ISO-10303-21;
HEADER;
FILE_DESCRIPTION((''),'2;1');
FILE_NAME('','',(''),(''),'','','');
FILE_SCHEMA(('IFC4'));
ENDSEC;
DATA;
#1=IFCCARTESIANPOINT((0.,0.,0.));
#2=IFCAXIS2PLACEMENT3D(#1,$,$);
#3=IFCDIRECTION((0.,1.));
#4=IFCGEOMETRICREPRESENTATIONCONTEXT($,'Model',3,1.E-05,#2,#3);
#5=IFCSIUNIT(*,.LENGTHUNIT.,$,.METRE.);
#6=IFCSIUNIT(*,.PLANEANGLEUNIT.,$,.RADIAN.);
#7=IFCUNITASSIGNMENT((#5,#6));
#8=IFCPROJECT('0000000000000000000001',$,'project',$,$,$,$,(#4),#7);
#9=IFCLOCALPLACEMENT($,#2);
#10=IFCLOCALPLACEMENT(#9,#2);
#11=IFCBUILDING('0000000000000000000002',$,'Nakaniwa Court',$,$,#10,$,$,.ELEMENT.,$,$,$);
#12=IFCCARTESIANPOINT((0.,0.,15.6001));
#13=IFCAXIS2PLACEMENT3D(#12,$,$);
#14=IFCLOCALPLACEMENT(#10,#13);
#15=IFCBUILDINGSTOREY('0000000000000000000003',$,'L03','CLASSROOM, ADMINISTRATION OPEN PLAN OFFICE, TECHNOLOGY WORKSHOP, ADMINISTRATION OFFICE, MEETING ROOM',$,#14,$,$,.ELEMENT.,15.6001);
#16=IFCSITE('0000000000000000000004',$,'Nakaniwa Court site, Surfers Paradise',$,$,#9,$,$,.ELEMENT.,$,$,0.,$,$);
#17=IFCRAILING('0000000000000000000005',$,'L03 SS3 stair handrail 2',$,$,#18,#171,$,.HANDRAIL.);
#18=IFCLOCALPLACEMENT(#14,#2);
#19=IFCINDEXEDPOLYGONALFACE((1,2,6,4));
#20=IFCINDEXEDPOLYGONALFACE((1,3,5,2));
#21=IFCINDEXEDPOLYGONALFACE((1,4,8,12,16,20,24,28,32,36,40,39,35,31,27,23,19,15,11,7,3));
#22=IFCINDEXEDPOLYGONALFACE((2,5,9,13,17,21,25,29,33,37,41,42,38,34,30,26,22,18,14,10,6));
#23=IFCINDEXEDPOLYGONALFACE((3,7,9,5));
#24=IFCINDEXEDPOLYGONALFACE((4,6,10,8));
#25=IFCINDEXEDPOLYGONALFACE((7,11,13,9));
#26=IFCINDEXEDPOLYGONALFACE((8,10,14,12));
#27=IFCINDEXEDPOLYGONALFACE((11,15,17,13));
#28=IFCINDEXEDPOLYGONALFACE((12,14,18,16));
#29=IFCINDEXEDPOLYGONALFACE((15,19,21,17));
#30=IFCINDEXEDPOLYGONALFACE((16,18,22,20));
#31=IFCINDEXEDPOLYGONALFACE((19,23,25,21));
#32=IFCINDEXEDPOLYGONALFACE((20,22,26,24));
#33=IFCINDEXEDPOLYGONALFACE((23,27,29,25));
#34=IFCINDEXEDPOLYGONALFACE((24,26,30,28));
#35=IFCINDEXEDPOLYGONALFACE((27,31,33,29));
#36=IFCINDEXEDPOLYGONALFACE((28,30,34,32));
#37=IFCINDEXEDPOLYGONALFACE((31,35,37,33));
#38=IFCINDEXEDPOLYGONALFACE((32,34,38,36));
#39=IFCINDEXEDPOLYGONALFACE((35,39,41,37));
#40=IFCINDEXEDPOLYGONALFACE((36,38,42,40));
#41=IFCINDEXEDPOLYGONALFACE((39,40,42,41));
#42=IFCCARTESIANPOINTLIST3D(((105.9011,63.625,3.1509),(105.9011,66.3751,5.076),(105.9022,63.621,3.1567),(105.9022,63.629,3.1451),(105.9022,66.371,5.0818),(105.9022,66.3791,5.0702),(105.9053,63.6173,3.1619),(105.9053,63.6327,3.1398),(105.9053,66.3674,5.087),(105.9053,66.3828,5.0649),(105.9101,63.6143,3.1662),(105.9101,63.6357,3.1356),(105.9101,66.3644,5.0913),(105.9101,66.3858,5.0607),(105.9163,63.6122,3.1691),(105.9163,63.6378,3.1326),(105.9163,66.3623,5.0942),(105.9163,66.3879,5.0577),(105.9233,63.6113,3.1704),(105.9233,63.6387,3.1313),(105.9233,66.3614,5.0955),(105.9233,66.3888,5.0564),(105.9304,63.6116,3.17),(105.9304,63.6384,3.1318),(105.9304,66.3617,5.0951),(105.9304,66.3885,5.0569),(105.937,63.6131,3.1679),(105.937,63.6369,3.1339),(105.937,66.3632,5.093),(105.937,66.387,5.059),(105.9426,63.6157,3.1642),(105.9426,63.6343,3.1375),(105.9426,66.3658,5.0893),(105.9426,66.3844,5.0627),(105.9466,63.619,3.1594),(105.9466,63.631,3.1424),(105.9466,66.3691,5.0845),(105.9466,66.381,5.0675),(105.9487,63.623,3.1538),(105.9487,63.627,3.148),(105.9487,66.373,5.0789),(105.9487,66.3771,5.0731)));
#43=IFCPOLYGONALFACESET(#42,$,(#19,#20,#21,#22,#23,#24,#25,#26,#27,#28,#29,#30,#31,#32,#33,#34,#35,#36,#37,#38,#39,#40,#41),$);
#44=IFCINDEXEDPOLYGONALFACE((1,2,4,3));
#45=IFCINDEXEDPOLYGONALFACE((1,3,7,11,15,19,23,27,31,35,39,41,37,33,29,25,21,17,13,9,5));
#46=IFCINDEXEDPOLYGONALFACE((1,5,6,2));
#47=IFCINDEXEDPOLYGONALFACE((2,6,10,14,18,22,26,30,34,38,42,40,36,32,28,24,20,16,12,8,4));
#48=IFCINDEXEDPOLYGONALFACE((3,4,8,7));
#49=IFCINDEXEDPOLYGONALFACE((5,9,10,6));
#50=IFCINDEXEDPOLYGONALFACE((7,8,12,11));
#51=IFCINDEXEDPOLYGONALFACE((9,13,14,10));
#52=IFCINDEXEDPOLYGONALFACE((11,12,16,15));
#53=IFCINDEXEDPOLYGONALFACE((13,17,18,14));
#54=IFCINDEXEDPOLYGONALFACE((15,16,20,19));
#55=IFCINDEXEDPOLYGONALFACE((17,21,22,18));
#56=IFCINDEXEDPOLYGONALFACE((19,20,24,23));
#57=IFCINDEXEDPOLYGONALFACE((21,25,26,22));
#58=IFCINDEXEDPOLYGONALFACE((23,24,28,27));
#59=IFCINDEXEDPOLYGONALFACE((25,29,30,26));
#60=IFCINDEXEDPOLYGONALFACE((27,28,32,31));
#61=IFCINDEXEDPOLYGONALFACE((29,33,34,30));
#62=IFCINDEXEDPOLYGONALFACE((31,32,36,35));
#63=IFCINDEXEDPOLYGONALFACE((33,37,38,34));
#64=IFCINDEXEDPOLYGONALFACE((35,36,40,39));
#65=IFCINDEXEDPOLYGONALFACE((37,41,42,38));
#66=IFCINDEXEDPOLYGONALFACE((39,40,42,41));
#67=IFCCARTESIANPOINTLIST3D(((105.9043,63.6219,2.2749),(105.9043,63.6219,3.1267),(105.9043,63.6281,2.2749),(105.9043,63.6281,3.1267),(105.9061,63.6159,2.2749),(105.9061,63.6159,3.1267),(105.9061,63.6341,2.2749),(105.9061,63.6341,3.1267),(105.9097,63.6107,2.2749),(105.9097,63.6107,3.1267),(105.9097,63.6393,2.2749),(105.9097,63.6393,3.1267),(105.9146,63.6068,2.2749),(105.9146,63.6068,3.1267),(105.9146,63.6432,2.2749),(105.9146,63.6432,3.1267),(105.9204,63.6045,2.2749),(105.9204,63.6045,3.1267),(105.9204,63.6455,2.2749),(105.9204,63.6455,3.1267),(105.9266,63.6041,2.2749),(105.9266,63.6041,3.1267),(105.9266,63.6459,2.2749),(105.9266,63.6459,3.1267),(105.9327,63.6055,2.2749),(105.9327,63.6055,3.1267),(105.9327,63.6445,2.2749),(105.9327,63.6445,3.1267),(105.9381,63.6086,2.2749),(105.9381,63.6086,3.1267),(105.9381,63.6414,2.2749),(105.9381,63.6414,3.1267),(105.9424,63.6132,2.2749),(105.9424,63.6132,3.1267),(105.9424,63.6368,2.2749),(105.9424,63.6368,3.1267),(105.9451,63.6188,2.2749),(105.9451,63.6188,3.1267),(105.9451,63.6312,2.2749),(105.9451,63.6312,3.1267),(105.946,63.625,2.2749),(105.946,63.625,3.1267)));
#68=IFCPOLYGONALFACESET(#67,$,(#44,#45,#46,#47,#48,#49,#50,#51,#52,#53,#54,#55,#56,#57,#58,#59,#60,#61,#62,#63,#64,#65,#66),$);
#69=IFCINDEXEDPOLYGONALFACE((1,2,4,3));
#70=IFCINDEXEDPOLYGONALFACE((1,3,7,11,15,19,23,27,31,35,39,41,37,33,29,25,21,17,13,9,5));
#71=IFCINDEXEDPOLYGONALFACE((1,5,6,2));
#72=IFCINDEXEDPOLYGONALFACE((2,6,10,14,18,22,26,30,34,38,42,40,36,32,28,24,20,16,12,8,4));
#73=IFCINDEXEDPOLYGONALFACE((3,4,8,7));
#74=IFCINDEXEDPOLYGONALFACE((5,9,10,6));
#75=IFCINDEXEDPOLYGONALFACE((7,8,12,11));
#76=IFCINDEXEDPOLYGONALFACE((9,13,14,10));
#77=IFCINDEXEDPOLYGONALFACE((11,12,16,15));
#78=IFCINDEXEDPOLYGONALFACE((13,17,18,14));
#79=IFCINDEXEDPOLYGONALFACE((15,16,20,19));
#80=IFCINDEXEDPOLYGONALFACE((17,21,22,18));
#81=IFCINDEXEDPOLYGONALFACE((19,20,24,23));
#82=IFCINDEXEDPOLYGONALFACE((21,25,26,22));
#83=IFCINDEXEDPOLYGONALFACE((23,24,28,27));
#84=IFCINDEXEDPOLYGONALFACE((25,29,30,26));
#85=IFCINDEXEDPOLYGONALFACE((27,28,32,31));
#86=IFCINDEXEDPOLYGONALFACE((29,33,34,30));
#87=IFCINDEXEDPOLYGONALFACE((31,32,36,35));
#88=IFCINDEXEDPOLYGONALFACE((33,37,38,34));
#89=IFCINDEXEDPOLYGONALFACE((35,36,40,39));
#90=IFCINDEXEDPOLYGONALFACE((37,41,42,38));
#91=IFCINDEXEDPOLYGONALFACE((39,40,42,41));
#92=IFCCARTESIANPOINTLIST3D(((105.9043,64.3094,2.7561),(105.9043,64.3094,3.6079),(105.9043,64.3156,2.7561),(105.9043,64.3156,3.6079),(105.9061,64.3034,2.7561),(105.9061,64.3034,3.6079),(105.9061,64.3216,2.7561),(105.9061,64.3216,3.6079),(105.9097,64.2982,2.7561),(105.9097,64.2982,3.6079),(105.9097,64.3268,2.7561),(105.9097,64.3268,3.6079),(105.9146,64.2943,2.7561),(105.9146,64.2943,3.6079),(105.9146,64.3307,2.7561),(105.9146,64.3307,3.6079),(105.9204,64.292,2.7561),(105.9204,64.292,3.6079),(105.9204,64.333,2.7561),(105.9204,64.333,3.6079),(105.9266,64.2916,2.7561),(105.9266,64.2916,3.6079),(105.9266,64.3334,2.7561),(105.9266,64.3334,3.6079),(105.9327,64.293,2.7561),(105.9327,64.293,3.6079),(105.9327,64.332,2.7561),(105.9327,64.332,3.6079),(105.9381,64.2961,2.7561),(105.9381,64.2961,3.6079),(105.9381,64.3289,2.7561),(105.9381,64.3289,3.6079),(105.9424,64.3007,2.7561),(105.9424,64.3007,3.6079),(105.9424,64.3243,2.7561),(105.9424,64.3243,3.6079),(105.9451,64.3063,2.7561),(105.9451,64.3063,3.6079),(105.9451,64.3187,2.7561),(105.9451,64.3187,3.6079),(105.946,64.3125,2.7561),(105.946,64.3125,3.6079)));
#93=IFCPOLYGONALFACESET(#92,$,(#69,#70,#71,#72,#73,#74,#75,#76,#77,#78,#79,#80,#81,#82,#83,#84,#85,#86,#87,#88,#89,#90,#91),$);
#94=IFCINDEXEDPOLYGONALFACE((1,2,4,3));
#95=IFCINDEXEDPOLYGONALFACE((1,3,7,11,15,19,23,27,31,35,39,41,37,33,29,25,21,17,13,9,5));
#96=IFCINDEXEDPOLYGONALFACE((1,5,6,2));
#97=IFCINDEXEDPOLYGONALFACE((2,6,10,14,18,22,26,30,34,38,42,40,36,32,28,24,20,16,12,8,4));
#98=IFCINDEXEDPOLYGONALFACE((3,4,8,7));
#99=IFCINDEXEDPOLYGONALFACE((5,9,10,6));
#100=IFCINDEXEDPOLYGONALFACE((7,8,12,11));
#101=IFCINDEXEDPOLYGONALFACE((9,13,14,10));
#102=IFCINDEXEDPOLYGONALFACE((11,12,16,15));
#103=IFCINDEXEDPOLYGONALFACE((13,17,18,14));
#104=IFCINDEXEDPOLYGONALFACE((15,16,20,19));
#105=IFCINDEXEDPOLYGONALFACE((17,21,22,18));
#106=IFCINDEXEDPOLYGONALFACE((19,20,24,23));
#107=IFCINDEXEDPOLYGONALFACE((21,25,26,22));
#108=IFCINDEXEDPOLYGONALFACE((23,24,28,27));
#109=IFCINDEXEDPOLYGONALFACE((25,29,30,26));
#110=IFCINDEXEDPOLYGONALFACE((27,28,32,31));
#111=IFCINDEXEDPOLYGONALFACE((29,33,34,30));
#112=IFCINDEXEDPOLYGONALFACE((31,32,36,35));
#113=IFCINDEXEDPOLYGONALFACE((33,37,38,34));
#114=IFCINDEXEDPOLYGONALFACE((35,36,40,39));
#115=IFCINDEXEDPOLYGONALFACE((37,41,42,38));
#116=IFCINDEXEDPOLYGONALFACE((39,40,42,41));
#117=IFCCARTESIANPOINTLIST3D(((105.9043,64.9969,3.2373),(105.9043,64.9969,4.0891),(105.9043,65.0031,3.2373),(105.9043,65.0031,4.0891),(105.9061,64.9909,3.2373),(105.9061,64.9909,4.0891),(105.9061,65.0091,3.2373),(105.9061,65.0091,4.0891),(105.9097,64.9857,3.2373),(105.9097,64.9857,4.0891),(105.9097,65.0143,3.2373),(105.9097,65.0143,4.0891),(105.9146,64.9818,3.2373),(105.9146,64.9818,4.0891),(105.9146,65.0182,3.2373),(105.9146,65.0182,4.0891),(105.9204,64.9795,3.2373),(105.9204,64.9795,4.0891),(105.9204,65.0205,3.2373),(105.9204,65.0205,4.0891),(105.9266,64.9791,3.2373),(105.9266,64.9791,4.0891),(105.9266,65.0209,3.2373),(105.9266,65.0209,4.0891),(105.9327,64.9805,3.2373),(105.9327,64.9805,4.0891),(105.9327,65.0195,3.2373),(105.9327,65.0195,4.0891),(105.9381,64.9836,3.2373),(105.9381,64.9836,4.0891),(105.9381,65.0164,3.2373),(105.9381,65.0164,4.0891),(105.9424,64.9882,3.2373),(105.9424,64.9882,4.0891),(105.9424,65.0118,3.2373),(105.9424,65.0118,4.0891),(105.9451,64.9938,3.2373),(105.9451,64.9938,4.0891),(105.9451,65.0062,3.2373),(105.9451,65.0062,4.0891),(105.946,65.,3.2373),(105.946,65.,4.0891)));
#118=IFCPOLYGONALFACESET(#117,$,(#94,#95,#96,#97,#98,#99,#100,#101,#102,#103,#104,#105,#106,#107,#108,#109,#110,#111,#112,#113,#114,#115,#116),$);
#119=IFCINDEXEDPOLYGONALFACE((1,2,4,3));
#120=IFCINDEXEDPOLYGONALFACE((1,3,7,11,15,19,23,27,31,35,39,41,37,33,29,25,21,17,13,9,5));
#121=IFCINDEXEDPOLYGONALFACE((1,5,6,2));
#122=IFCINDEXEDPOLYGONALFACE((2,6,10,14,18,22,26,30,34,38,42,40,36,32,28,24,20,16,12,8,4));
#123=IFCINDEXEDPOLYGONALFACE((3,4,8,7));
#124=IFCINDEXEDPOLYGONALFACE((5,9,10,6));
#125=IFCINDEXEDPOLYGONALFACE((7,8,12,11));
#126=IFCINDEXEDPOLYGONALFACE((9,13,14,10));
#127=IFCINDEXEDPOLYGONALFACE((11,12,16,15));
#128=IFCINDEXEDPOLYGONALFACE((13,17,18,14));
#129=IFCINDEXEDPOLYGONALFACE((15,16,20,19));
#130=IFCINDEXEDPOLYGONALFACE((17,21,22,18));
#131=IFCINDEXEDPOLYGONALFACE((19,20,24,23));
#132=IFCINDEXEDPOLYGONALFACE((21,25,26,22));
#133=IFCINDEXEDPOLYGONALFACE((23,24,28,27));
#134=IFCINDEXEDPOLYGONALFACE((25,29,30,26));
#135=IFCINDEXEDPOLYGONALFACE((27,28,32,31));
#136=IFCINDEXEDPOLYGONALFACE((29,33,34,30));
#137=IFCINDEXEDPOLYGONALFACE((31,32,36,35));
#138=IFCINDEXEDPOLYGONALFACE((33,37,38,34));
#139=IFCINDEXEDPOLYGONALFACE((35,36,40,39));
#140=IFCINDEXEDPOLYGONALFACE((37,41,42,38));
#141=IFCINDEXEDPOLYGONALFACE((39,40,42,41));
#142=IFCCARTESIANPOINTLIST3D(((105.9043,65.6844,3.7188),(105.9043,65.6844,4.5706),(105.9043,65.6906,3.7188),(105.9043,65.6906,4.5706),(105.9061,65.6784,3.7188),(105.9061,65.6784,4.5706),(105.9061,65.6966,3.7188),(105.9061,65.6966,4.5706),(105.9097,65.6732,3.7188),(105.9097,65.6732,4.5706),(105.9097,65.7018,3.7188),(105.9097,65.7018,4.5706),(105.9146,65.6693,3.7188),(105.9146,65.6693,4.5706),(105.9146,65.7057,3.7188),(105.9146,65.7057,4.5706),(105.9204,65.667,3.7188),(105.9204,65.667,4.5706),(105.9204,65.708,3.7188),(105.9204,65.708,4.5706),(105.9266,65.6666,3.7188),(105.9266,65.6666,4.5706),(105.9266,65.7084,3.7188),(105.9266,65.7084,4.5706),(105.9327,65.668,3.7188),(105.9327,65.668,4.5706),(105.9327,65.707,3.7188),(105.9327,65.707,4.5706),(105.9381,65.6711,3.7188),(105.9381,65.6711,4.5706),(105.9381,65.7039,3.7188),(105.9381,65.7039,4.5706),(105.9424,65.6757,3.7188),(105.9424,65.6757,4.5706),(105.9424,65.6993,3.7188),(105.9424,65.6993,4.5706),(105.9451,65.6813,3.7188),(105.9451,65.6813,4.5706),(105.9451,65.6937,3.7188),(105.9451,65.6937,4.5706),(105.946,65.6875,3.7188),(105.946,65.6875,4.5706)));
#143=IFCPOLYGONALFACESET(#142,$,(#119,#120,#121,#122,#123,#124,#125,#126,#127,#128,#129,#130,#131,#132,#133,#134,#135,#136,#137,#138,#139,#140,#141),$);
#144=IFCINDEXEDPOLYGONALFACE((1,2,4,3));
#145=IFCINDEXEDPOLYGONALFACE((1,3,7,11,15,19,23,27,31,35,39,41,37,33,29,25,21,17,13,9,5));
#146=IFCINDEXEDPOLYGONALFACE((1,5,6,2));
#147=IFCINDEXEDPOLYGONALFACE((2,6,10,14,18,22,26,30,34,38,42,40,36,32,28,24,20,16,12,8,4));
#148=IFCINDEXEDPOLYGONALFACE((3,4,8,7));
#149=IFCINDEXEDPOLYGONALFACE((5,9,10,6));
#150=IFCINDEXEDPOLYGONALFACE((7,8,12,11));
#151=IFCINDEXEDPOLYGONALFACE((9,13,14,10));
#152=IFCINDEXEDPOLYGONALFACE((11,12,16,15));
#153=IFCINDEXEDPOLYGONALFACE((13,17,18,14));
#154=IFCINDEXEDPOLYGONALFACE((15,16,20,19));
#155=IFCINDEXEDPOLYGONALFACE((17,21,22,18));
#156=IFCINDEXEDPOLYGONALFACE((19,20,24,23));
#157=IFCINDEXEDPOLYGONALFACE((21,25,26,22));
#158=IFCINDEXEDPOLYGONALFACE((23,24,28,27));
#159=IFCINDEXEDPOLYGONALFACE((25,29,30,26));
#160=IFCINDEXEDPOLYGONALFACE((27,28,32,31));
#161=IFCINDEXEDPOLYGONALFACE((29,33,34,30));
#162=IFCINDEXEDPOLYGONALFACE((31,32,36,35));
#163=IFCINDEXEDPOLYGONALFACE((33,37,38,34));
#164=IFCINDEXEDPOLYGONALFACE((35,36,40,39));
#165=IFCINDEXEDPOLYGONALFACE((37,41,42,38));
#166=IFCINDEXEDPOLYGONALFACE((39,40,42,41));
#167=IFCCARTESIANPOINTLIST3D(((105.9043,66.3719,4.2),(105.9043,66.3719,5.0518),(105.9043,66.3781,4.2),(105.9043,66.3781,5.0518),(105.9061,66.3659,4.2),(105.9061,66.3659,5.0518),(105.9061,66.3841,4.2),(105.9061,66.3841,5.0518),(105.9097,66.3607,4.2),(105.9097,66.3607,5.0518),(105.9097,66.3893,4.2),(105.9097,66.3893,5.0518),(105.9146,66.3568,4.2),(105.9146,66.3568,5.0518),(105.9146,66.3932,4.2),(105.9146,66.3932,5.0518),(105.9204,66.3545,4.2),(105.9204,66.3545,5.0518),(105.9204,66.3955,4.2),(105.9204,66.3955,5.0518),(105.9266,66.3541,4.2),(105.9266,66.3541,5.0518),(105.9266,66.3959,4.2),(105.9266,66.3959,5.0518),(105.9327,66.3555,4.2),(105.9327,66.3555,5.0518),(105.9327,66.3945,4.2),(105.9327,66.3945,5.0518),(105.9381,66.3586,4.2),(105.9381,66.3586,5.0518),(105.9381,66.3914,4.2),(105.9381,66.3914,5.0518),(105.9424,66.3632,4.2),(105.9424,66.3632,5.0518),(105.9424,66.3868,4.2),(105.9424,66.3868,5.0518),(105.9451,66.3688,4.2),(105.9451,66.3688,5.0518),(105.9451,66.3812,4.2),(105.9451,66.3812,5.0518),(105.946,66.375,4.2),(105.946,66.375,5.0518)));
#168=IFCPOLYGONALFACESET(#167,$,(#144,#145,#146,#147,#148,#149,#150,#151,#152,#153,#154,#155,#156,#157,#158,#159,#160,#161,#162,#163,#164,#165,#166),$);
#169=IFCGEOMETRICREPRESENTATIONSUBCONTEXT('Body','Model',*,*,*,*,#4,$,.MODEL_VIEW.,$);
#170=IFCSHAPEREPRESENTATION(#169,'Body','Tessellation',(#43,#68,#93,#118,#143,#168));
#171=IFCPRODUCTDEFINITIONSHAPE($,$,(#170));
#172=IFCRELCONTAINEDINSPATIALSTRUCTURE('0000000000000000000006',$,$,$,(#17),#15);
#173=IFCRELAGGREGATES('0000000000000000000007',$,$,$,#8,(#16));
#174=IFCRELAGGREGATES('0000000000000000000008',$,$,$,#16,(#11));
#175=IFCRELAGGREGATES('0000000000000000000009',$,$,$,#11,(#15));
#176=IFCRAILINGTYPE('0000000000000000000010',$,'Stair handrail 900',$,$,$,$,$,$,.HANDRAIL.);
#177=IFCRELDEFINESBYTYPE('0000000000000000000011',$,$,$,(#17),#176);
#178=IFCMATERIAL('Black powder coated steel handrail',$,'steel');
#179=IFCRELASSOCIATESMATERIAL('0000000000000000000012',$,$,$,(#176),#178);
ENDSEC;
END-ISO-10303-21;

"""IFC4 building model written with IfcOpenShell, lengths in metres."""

from ifc_helpers import new_model, si_unit, direction, frame, origin, origin_2d, place, context, subcontext, project, spatial, circle, extrude, material, type_object, element, save


model = new_model("IFC4")

# Units and contexts
model_context = context("Model", 3, precision=1e-05, world=origin(), true_north=direction((0.0, 1.0)))
body_context = subcontext(model_context, "Body", "Model", "MODEL_VIEW")
ifc_project = project(units=[si_unit("LENGTHUNIT", "METRE"), si_unit("PLANEANGLEUNIT", "RADIAN")], contexts=[model_context])

# Site, building, storey
site_placement = place(None, origin())
site = spatial("IfcSite", under=ifc_project, at=site_placement, Name="Nakaniwa Court site, Surfers Paradise", CompositionType="ELEMENT", RefElevation=0.0)
building_placement = place(site_placement, origin())
building = spatial("IfcBuilding", under=site, at=building_placement, Name="Nakaniwa Court", CompositionType="ELEMENT")
storey_placement = place(building_placement, frame((0.0, 0.0, 15.6001)))
storey = spatial("IfcBuildingStorey", under=building, at=storey_placement, Name="L03", Description="CLASSROOM, ADMINISTRATION OPEN PLAN OFFICE, TECHNOLOGY WORKSHOP, ADMINISTRATION OFFICE, MEETING ROOM", CompositionType="ELEMENT", Elevation=15.6001)

# Railing
ifc_material_1 = material(Name="Black powder coated steel handrail", Category="steel")
railing_type_1 = type_object("IfcRailingType", Name="Stair handrail 900", PredefinedType="HANDRAIL", material=ifc_material_1)
railing_1_placement = place(storey_placement, frame((105.925, 63.625, 2.2749)))
element("IfcRailing", 1, at=railing_1_placement, inside=storey, type_object=railing_type_1, Name="L03 SS3 stair handrail 2", PredefinedType="HANDRAIL", context=body_context, shape_type="SweptSolid", body=[
    extrude(circle(Radius=0.0239, at=origin_2d()), frame((0.0, 0.0, 0.876), z_axis=(0.0, 0.819225, 0.573472), x_axis=(-1.0, 0.0, 0.0)), (0.0, 0.0, 1.0), 3.3569),
    extrude(circle(Radius=0.021, at=origin_2d()), origin(), (0.0, 0.0, 1.0), 0.8518),
    extrude(circle(Radius=0.021, at=origin_2d()), frame((0.0, 0.6875, 0.4812)), (0.0, 0.0, 1.0), 0.8518),
    extrude(circle(Radius=0.021, at=origin_2d()), frame((0.0, 1.375, 0.9624)), (0.0, 0.0, 1.0), 0.8518),
    extrude(circle(Radius=0.021, at=origin_2d()), frame((0.0, 2.0625, 1.4438)), (0.0, 0.0, 1.0), 0.8518),
    extrude(circle(Radius=0.021, at=origin_2d()), frame((0.0, 2.75, 1.925)), (0.0, 0.0, 1.0), 0.8518),
])

save(model, "model.ifc")
